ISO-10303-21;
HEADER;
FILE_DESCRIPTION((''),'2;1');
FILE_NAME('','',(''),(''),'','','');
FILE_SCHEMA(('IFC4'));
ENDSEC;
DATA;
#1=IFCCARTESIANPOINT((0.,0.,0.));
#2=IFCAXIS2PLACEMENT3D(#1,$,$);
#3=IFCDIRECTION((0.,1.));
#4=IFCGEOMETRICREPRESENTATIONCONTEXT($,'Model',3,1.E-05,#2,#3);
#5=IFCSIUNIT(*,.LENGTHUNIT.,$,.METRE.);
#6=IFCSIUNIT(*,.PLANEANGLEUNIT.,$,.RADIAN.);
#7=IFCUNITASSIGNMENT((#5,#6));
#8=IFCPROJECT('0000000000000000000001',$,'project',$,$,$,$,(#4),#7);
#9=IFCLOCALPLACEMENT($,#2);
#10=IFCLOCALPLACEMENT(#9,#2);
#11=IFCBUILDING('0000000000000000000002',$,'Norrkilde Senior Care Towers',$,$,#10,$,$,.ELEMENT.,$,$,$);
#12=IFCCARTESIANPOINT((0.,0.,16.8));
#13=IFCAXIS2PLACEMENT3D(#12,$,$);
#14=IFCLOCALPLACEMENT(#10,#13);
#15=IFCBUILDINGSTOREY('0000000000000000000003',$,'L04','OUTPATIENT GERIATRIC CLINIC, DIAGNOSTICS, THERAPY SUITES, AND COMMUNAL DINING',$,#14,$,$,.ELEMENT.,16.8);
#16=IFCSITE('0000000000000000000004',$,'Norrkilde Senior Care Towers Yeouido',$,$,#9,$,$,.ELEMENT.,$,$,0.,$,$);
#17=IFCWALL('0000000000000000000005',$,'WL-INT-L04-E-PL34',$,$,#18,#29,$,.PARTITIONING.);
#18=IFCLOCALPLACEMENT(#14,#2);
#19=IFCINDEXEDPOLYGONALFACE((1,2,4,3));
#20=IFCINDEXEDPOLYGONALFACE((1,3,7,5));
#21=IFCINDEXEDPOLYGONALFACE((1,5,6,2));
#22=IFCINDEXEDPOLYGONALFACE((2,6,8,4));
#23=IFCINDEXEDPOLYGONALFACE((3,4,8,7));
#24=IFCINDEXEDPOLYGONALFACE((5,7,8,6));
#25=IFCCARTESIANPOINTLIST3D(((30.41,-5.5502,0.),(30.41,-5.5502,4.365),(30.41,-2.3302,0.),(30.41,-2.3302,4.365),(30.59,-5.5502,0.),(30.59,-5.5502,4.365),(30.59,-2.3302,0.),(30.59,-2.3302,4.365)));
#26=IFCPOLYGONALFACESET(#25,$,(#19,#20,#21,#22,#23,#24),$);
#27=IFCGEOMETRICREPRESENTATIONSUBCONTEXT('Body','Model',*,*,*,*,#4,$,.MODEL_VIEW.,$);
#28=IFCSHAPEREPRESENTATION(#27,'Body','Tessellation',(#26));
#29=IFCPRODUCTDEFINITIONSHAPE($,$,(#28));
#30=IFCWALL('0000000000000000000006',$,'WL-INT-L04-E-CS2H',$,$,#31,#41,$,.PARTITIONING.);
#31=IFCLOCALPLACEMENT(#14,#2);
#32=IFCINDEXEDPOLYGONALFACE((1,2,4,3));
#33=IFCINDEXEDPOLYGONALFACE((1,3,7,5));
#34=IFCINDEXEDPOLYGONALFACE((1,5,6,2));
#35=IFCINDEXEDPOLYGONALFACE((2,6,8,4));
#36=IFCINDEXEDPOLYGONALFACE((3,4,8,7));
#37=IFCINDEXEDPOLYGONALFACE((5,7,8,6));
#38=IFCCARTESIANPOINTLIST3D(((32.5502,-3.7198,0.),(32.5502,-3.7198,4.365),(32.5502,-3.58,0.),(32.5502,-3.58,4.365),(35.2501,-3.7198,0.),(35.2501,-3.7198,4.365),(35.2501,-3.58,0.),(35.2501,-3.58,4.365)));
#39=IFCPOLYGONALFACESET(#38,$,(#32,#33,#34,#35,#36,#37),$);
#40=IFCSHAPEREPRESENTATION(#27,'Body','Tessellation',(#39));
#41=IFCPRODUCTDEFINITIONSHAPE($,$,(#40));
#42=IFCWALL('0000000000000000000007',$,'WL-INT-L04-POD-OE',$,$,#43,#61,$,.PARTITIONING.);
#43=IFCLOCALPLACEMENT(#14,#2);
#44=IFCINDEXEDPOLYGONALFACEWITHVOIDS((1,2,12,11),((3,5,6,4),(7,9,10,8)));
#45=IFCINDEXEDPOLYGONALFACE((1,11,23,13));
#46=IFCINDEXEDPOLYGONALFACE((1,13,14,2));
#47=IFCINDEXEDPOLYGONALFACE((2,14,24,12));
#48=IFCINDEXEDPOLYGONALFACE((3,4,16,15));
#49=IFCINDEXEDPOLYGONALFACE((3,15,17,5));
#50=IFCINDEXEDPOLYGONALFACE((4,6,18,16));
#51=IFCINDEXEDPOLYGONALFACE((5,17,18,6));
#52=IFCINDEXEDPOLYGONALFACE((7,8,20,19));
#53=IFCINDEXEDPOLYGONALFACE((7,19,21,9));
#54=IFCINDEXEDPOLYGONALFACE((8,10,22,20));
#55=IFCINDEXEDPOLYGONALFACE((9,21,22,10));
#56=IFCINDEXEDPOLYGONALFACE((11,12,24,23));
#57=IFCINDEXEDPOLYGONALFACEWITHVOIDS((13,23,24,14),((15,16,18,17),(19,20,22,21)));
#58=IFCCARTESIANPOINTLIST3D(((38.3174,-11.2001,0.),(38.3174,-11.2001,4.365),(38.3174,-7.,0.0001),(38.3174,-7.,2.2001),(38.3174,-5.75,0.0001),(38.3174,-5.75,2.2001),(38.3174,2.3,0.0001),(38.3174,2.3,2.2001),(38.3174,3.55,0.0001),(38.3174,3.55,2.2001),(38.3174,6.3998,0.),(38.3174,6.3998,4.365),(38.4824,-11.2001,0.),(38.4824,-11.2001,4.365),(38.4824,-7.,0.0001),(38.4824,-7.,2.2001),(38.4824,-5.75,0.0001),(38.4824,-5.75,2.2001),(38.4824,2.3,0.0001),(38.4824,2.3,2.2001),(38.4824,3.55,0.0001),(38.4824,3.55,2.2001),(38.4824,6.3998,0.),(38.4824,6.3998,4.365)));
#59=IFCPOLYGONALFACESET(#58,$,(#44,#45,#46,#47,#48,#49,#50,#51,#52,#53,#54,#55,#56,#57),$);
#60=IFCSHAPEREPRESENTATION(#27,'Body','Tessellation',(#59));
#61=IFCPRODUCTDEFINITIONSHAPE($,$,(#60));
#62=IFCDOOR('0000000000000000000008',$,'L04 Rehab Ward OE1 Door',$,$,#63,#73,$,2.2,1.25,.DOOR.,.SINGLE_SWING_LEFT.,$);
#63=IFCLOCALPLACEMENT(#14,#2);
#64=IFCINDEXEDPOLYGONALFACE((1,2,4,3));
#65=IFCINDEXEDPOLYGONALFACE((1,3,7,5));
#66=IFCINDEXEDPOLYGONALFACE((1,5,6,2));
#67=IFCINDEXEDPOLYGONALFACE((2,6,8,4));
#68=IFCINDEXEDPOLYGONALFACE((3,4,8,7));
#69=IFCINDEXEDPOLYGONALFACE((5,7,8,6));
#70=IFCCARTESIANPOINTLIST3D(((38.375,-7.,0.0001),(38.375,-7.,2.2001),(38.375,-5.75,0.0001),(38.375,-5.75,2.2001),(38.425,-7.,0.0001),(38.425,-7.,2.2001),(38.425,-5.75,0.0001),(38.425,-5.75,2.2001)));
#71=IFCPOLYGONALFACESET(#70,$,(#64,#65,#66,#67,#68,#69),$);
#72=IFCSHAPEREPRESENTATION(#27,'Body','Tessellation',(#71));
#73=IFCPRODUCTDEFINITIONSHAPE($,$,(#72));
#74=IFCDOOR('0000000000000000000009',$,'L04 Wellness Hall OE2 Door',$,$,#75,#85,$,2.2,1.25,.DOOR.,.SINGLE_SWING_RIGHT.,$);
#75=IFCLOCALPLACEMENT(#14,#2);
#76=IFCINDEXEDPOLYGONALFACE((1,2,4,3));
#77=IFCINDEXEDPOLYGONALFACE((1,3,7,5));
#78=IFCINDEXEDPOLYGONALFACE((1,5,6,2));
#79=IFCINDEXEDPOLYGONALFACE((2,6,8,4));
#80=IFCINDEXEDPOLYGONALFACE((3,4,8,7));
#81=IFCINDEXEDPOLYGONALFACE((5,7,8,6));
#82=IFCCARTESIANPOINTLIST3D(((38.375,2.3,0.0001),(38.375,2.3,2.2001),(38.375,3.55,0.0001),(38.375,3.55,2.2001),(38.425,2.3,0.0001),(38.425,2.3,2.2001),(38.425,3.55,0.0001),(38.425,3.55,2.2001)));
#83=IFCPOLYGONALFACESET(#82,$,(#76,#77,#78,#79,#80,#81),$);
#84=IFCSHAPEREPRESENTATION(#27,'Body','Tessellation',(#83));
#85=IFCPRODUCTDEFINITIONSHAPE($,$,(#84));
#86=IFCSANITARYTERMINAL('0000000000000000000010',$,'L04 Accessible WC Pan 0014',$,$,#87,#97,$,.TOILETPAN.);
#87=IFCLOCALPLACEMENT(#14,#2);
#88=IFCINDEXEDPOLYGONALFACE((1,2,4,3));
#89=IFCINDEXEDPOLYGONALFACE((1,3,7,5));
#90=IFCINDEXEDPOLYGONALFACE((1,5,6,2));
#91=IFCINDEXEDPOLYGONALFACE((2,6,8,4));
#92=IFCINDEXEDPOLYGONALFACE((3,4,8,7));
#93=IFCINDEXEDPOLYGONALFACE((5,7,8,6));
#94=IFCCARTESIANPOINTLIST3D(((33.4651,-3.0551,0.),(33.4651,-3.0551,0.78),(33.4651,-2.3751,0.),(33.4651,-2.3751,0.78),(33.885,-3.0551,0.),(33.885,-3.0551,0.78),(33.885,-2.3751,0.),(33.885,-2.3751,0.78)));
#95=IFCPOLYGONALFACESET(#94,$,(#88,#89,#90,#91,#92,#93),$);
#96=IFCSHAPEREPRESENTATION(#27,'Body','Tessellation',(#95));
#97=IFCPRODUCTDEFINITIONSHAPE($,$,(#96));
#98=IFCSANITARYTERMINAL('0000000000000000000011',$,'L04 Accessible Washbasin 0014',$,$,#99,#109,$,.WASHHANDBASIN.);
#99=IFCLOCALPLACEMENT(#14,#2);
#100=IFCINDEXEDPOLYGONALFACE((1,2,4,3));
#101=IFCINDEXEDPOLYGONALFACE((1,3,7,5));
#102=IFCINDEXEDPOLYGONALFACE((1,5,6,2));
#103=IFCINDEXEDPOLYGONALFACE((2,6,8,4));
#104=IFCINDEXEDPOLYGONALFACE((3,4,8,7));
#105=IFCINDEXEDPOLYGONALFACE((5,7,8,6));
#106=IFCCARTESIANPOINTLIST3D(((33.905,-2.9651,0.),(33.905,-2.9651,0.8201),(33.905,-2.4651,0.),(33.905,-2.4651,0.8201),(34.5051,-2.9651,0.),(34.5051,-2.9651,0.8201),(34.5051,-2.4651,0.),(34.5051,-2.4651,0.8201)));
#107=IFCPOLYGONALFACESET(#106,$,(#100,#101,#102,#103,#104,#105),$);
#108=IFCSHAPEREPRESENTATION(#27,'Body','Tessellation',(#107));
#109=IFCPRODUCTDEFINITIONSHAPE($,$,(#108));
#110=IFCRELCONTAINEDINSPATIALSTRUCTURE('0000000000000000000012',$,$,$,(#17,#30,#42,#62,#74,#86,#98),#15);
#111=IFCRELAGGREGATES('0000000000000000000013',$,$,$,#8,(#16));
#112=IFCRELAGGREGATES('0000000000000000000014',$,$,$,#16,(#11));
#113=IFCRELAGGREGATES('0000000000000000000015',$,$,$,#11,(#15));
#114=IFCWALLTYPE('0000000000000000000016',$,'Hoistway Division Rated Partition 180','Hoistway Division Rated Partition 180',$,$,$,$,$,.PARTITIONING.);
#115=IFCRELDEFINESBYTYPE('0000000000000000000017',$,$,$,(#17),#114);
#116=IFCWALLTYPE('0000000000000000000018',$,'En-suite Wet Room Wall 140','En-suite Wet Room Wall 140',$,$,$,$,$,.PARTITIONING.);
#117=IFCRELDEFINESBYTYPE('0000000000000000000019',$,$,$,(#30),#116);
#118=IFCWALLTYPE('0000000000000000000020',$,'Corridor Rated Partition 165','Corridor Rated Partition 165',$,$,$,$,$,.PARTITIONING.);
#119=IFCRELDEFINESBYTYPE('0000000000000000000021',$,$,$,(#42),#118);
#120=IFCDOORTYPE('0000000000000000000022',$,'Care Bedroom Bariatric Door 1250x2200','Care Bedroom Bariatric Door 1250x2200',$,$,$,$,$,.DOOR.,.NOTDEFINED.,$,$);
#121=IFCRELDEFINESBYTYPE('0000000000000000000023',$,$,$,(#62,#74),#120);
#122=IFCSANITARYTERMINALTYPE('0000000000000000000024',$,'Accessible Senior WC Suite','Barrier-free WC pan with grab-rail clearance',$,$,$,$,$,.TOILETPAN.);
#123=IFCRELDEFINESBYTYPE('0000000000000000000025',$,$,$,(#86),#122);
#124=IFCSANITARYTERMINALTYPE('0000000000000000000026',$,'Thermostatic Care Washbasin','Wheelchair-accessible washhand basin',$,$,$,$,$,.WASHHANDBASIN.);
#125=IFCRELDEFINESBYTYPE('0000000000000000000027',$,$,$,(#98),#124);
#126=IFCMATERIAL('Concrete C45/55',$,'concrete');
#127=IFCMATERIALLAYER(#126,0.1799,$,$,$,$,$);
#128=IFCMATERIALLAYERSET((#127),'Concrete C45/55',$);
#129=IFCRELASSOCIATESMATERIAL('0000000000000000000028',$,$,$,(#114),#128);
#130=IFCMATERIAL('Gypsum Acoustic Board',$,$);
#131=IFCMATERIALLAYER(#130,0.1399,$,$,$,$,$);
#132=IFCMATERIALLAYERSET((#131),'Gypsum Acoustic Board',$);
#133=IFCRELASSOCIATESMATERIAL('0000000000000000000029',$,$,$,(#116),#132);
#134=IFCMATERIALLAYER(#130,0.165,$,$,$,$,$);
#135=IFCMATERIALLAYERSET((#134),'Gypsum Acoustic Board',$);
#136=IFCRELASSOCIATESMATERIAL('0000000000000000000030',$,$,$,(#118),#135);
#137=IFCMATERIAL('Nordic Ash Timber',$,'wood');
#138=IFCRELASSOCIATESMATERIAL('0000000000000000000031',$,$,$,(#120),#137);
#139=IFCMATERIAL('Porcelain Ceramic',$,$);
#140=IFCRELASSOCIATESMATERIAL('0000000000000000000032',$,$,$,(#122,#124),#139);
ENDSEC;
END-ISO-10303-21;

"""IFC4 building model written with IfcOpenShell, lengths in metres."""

from ifc_helpers import new_model, si_unit, direction, frame, frame_2d, origin, origin_2d, place, context, subcontext, project, spatial, rectangle, extrude, source, transform, mapped, material, layer, layer_set, type_object, type_shapes, element, fill, save


model = new_model("IFC4")

# Units and contexts
model_context = context("Model", 3, precision=1e-05, world=origin(), true_north=direction((0.0, 1.0)))
body_context = subcontext(model_context, "Body", "Model", "MODEL_VIEW")
ifc_project = project(units=[si_unit("LENGTHUNIT", "METRE"), si_unit("PLANEANGLEUNIT", "RADIAN")], contexts=[model_context])

# Site, building, storey
site_placement = place(None, origin())
site = spatial("IfcSite", under=ifc_project, at=site_placement, Name="Norrkilde Senior Care Towers Yeouido", CompositionType="ELEMENT", RefElevation=0.0)
building_placement = place(site_placement, origin())
building = spatial("IfcBuilding", under=site, at=building_placement, Name="Norrkilde Senior Care Towers", CompositionType="ELEMENT")
storey_placement = place(building_placement, frame((0.0, 0.0, 16.8)))
storey = spatial("IfcBuildingStorey", under=building, at=storey_placement, Name="L04", Description="OUTPATIENT GERIATRIC CLINIC, DIAGNOSTICS, THERAPY SUITES, AND COMMUNAL DINING", CompositionType="ELEMENT", Elevation=16.8)

# Walls
ifc_material_1 = material(Name="Concrete C45/55", Category="concrete")
ifc_layer_1 = layer(ifc_material_1, 0.1799)
ifc_layer_set_1 = layer_set([ifc_layer_1], Name="Concrete C45/55")
wall_type_1 = type_object("IfcWallType", Name="Hoistway Division Rated Partition 180", Description="Hoistway Division Rated Partition 180", PredefinedType="PARTITIONING", material=ifc_layer_set_1)
shared_shape_1 = source(origin(), body_context, "Body", "SweptSolid", [
    extrude(rectangle(XDim=3.22, YDim=0.1799, at=frame_2d((1.6099, 0.0))), origin(), (0.0, 0.0, 1.0), 4.365),
])
type_shapes(wall_type_1, [shared_shape_1])
wall_1_placement = place(storey_placement, frame((30.5, -5.55, 0.0), z_axis=(0.0, 0.0, 1.0), x_axis=(0.0, 1.0, 0.0)))
element("IfcWall", 1, at=wall_1_placement, inside=storey, type_object=wall_type_1, Name="WL-INT-L04-E-PL34", PredefinedType="PARTITIONING", context=body_context, shape_type="MappedRepresentation", body=[
    mapped(shared_shape_1, transform((0.0, 0.0, 0.0), x_axis=(1.0, 0.0, 0.0), y_axis=(0.0, 1.0, 0.0), z_axis=(0.0, 0.0, 1.0), scale=1.0)),
])
ifc_material_2 = material(Name="Gypsum Acoustic Board")
ifc_layer_2 = layer(ifc_material_2, 0.1399)
ifc_layer_set_2 = layer_set([ifc_layer_2], Name="Gypsum Acoustic Board")
wall_type_2 = type_object("IfcWallType", Name="En-suite Wet Room Wall 140", Description="En-suite Wet Room Wall 140", PredefinedType="PARTITIONING", material=ifc_layer_set_2)
shared_shape_2 = source(origin(), body_context, "Body", "SweptSolid", [
    extrude(rectangle(XDim=2.7, YDim=0.1399, at=frame_2d((1.3501, 0.0))), origin(), (0.0, 0.0, 1.0), 4.365),
])
type_shapes(wall_type_2, [shared_shape_2])
wall_2_placement = place(storey_placement, frame((32.55, -3.6499, 0.0), z_axis=(0.0, 0.0, 1.0), x_axis=(1.0, 0.0, 0.0)))
element("IfcWall", 2, at=wall_2_placement, inside=storey, type_object=wall_type_2, Name="WL-INT-L04-E-CS2H", PredefinedType="PARTITIONING", context=body_context, shape_type="MappedRepresentation", body=[
    mapped(shared_shape_2, transform((0.0, 0.0, 0.0), x_axis=(1.0, 0.0, 0.0), y_axis=(0.0, 1.0, 0.0), z_axis=(0.0, 0.0, 1.0), scale=1.0)),
])

# Wall, openings, doors
ifc_layer_3 = layer(ifc_material_2, 0.165)
ifc_layer_set_3 = layer_set([ifc_layer_3], Name="Gypsum Acoustic Board")
wall_type_3 = type_object("IfcWallType", Name="Corridor Rated Partition 165", Description="Corridor Rated Partition 165", PredefinedType="PARTITIONING", material=ifc_layer_set_3)
shared_shape_3 = source(origin(), body_context, "Body", "SweptSolid", [
    extrude(rectangle(XDim=17.5999, YDim=0.165, at=frame_2d((8.7998, 0.0))), origin(), (0.0, 0.0, 1.0), 4.365),
])
type_shapes(wall_type_3, [shared_shape_3])
wall_3_placement = place(storey_placement, frame((38.3999, -11.2, 0.0), z_axis=(0.0, 0.0, 1.0), x_axis=(0.0, 1.0, 0.0)))
wall_3 = element("IfcWall", 3, at=wall_3_placement, inside=storey, type_object=wall_type_3, Name="WL-INT-L04-POD-OE", PredefinedType="PARTITIONING", context=body_context, shape_type="MappedRepresentation", body=[
    mapped(shared_shape_3, transform((0.0, 0.0, 0.0), x_axis=(1.0, 0.0, 0.0), y_axis=(0.0, 1.0, 0.0), z_axis=(0.0, 0.0, 1.0), scale=1.0)),
])
opening_1_placement = place(wall_3_placement, frame((4.2, 0.0, 0.0)))
opening_1 = element("IfcOpeningElement", 4, at=opening_1_placement, cuts=wall_3, PredefinedType="OPENING", context=body_context, shape_type="SweptSolid", body=[
    extrude(rectangle(XDim=1.25, YDim=2.2, at=frame_2d((0.625, 1.1001))), frame((0.0, 0.0925, 0.0), z_axis=(0.0, -1.0, 0.0), x_axis=(1.0, 0.0, 0.0)), (0.0, 0.0, 1.0), 0.1851),
])
opening_2_placement = place(wall_3_placement, frame((13.5, 0.0, 0.0)))
opening_2 = element("IfcOpeningElement", 5, at=opening_2_placement, cuts=wall_3, PredefinedType="OPENING", context=body_context, shape_type="SweptSolid", body=[
    extrude(rectangle(XDim=1.25, YDim=2.2, at=frame_2d((0.625, 1.1001))), frame((0.0, 0.0925, 0.0), z_axis=(0.0, -1.0, 0.0), x_axis=(1.0, 0.0, 0.0)), (0.0, 0.0, 1.0), 0.1851),
])
ifc_material_3 = material(Name="Nordic Ash Timber", Category="wood")
door_type_1 = type_object("IfcDoorType", Name="Care Bedroom Bariatric Door 1250x2200", Description="Care Bedroom Bariatric Door 1250x2200", OperationType="NOTDEFINED", PredefinedType="DOOR", material=ifc_material_3)
shared_shape_4 = source(origin(), body_context, "Body", "SweptSolid", [
    extrude(rectangle(XDim=1.25, YDim=2.2, at=frame_2d((0.625, 1.1001))), frame((0.0, 0.0249, 0.0), z_axis=(0.0, -1.0, 0.0), x_axis=(1.0, 0.0, 0.0)), (0.0, 0.0, 1.0), 0.05),
])
type_shapes(door_type_1, [shared_shape_4])
door_1_placement = place(opening_1_placement, origin())
door_1 = element("IfcDoor", 6, at=door_1_placement, inside=storey, type_object=door_type_1, Name="L04 Rehab Ward OE1 Door", OperationType="SINGLE_SWING_LEFT", OverallHeight=2.2, OverallWidth=1.25, PredefinedType="DOOR", context=body_context, shape_type="MappedRepresentation", body=[
    mapped(shared_shape_4, transform((0.0, 0.0, 0.0), x_axis=(1.0, 0.0, 0.0), y_axis=(0.0, 1.0, 0.0), z_axis=(0.0, 0.0, 1.0), scale=1.0)),
])
fill(opening_1, door_1)
door_2_placement = place(opening_2_placement, origin())
door_2 = element("IfcDoor", 7, at=door_2_placement, inside=storey, type_object=door_type_1, Name="L04 Wellness Hall OE2 Door", OperationType="SINGLE_SWING_RIGHT", OverallHeight=2.2, OverallWidth=1.25, PredefinedType="DOOR", context=body_context, shape_type="MappedRepresentation", body=[
    mapped(shared_shape_4, transform((0.0, 0.0, 0.0), x_axis=(1.0, 0.0, 0.0), y_axis=(0.0, 1.0, 0.0), z_axis=(0.0, 0.0, 1.0), scale=1.0)),
])
fill(opening_2, door_2)

# Sanitary terminals
ifc_material_4 = material(Name="Porcelain Ceramic")
sanitary_terminal_type_1 = type_object("IfcSanitaryTerminalType", Name="Accessible Senior WC Suite", Description="Barrier-free WC pan with grab-rail clearance", PredefinedType="TOILETPAN", material=ifc_material_4)
shared_shape_5 = source(origin(), body_context, "Body", "SweptSolid", [
    extrude(rectangle(XDim=0.4199, YDim=0.6799, at=origin_2d()), origin(), (0.0, 0.0, 1.0), 0.78),
])
type_shapes(sanitary_terminal_type_1, [shared_shape_5])
sanitary_terminal_1_placement = place(storey_placement, frame((33.675, -2.7151, 0.0), z_axis=(0.0, 0.0, 1.0), x_axis=(1.0, 0.0, 0.0)))
element("IfcSanitaryTerminal", 8, at=sanitary_terminal_1_placement, inside=storey, type_object=sanitary_terminal_type_1, Name="L04 Accessible WC Pan 0014", PredefinedType="TOILETPAN", context=body_context, shape_type="MappedRepresentation", body=[
    mapped(shared_shape_5, transform((0.0, 0.0, 0.0), x_axis=(1.0, 0.0, 0.0), y_axis=(0.0, 1.0, 0.0), z_axis=(0.0, 0.0, 1.0), scale=1.0)),
])
sanitary_terminal_type_2 = type_object("IfcSanitaryTerminalType", Name="Thermostatic Care Washbasin", Description="Wheelchair-accessible washhand basin", PredefinedType="WASHHANDBASIN", material=ifc_material_4)
shared_shape_6 = source(origin(), body_context, "Body", "SweptSolid", [
    extrude(rectangle(XDim=0.6001, YDim=0.5, at=origin_2d()), origin(), (0.0, 0.0, 1.0), 0.8201),
])
type_shapes(sanitary_terminal_type_2, [shared_shape_6])
sanitary_terminal_2_placement = place(storey_placement, frame((34.2051, -2.7151, 0.0), z_axis=(0.0, 0.0, 1.0), x_axis=(1.0, 0.0, 0.0)))
element("IfcSanitaryTerminal", 9, at=sanitary_terminal_2_placement, inside=storey, type_object=sanitary_terminal_type_2, Name="L04 Accessible Washbasin 0014", PredefinedType="WASHHANDBASIN", context=body_context, shape_type="MappedRepresentation", body=[
    mapped(shared_shape_6, transform((0.0, 0.0, 0.0), x_axis=(1.0, 0.0, 0.0), y_axis=(0.0, 1.0, 0.0), z_axis=(0.0, 0.0, 1.0), scale=1.0)),
])

save(model, "model.ifc")
